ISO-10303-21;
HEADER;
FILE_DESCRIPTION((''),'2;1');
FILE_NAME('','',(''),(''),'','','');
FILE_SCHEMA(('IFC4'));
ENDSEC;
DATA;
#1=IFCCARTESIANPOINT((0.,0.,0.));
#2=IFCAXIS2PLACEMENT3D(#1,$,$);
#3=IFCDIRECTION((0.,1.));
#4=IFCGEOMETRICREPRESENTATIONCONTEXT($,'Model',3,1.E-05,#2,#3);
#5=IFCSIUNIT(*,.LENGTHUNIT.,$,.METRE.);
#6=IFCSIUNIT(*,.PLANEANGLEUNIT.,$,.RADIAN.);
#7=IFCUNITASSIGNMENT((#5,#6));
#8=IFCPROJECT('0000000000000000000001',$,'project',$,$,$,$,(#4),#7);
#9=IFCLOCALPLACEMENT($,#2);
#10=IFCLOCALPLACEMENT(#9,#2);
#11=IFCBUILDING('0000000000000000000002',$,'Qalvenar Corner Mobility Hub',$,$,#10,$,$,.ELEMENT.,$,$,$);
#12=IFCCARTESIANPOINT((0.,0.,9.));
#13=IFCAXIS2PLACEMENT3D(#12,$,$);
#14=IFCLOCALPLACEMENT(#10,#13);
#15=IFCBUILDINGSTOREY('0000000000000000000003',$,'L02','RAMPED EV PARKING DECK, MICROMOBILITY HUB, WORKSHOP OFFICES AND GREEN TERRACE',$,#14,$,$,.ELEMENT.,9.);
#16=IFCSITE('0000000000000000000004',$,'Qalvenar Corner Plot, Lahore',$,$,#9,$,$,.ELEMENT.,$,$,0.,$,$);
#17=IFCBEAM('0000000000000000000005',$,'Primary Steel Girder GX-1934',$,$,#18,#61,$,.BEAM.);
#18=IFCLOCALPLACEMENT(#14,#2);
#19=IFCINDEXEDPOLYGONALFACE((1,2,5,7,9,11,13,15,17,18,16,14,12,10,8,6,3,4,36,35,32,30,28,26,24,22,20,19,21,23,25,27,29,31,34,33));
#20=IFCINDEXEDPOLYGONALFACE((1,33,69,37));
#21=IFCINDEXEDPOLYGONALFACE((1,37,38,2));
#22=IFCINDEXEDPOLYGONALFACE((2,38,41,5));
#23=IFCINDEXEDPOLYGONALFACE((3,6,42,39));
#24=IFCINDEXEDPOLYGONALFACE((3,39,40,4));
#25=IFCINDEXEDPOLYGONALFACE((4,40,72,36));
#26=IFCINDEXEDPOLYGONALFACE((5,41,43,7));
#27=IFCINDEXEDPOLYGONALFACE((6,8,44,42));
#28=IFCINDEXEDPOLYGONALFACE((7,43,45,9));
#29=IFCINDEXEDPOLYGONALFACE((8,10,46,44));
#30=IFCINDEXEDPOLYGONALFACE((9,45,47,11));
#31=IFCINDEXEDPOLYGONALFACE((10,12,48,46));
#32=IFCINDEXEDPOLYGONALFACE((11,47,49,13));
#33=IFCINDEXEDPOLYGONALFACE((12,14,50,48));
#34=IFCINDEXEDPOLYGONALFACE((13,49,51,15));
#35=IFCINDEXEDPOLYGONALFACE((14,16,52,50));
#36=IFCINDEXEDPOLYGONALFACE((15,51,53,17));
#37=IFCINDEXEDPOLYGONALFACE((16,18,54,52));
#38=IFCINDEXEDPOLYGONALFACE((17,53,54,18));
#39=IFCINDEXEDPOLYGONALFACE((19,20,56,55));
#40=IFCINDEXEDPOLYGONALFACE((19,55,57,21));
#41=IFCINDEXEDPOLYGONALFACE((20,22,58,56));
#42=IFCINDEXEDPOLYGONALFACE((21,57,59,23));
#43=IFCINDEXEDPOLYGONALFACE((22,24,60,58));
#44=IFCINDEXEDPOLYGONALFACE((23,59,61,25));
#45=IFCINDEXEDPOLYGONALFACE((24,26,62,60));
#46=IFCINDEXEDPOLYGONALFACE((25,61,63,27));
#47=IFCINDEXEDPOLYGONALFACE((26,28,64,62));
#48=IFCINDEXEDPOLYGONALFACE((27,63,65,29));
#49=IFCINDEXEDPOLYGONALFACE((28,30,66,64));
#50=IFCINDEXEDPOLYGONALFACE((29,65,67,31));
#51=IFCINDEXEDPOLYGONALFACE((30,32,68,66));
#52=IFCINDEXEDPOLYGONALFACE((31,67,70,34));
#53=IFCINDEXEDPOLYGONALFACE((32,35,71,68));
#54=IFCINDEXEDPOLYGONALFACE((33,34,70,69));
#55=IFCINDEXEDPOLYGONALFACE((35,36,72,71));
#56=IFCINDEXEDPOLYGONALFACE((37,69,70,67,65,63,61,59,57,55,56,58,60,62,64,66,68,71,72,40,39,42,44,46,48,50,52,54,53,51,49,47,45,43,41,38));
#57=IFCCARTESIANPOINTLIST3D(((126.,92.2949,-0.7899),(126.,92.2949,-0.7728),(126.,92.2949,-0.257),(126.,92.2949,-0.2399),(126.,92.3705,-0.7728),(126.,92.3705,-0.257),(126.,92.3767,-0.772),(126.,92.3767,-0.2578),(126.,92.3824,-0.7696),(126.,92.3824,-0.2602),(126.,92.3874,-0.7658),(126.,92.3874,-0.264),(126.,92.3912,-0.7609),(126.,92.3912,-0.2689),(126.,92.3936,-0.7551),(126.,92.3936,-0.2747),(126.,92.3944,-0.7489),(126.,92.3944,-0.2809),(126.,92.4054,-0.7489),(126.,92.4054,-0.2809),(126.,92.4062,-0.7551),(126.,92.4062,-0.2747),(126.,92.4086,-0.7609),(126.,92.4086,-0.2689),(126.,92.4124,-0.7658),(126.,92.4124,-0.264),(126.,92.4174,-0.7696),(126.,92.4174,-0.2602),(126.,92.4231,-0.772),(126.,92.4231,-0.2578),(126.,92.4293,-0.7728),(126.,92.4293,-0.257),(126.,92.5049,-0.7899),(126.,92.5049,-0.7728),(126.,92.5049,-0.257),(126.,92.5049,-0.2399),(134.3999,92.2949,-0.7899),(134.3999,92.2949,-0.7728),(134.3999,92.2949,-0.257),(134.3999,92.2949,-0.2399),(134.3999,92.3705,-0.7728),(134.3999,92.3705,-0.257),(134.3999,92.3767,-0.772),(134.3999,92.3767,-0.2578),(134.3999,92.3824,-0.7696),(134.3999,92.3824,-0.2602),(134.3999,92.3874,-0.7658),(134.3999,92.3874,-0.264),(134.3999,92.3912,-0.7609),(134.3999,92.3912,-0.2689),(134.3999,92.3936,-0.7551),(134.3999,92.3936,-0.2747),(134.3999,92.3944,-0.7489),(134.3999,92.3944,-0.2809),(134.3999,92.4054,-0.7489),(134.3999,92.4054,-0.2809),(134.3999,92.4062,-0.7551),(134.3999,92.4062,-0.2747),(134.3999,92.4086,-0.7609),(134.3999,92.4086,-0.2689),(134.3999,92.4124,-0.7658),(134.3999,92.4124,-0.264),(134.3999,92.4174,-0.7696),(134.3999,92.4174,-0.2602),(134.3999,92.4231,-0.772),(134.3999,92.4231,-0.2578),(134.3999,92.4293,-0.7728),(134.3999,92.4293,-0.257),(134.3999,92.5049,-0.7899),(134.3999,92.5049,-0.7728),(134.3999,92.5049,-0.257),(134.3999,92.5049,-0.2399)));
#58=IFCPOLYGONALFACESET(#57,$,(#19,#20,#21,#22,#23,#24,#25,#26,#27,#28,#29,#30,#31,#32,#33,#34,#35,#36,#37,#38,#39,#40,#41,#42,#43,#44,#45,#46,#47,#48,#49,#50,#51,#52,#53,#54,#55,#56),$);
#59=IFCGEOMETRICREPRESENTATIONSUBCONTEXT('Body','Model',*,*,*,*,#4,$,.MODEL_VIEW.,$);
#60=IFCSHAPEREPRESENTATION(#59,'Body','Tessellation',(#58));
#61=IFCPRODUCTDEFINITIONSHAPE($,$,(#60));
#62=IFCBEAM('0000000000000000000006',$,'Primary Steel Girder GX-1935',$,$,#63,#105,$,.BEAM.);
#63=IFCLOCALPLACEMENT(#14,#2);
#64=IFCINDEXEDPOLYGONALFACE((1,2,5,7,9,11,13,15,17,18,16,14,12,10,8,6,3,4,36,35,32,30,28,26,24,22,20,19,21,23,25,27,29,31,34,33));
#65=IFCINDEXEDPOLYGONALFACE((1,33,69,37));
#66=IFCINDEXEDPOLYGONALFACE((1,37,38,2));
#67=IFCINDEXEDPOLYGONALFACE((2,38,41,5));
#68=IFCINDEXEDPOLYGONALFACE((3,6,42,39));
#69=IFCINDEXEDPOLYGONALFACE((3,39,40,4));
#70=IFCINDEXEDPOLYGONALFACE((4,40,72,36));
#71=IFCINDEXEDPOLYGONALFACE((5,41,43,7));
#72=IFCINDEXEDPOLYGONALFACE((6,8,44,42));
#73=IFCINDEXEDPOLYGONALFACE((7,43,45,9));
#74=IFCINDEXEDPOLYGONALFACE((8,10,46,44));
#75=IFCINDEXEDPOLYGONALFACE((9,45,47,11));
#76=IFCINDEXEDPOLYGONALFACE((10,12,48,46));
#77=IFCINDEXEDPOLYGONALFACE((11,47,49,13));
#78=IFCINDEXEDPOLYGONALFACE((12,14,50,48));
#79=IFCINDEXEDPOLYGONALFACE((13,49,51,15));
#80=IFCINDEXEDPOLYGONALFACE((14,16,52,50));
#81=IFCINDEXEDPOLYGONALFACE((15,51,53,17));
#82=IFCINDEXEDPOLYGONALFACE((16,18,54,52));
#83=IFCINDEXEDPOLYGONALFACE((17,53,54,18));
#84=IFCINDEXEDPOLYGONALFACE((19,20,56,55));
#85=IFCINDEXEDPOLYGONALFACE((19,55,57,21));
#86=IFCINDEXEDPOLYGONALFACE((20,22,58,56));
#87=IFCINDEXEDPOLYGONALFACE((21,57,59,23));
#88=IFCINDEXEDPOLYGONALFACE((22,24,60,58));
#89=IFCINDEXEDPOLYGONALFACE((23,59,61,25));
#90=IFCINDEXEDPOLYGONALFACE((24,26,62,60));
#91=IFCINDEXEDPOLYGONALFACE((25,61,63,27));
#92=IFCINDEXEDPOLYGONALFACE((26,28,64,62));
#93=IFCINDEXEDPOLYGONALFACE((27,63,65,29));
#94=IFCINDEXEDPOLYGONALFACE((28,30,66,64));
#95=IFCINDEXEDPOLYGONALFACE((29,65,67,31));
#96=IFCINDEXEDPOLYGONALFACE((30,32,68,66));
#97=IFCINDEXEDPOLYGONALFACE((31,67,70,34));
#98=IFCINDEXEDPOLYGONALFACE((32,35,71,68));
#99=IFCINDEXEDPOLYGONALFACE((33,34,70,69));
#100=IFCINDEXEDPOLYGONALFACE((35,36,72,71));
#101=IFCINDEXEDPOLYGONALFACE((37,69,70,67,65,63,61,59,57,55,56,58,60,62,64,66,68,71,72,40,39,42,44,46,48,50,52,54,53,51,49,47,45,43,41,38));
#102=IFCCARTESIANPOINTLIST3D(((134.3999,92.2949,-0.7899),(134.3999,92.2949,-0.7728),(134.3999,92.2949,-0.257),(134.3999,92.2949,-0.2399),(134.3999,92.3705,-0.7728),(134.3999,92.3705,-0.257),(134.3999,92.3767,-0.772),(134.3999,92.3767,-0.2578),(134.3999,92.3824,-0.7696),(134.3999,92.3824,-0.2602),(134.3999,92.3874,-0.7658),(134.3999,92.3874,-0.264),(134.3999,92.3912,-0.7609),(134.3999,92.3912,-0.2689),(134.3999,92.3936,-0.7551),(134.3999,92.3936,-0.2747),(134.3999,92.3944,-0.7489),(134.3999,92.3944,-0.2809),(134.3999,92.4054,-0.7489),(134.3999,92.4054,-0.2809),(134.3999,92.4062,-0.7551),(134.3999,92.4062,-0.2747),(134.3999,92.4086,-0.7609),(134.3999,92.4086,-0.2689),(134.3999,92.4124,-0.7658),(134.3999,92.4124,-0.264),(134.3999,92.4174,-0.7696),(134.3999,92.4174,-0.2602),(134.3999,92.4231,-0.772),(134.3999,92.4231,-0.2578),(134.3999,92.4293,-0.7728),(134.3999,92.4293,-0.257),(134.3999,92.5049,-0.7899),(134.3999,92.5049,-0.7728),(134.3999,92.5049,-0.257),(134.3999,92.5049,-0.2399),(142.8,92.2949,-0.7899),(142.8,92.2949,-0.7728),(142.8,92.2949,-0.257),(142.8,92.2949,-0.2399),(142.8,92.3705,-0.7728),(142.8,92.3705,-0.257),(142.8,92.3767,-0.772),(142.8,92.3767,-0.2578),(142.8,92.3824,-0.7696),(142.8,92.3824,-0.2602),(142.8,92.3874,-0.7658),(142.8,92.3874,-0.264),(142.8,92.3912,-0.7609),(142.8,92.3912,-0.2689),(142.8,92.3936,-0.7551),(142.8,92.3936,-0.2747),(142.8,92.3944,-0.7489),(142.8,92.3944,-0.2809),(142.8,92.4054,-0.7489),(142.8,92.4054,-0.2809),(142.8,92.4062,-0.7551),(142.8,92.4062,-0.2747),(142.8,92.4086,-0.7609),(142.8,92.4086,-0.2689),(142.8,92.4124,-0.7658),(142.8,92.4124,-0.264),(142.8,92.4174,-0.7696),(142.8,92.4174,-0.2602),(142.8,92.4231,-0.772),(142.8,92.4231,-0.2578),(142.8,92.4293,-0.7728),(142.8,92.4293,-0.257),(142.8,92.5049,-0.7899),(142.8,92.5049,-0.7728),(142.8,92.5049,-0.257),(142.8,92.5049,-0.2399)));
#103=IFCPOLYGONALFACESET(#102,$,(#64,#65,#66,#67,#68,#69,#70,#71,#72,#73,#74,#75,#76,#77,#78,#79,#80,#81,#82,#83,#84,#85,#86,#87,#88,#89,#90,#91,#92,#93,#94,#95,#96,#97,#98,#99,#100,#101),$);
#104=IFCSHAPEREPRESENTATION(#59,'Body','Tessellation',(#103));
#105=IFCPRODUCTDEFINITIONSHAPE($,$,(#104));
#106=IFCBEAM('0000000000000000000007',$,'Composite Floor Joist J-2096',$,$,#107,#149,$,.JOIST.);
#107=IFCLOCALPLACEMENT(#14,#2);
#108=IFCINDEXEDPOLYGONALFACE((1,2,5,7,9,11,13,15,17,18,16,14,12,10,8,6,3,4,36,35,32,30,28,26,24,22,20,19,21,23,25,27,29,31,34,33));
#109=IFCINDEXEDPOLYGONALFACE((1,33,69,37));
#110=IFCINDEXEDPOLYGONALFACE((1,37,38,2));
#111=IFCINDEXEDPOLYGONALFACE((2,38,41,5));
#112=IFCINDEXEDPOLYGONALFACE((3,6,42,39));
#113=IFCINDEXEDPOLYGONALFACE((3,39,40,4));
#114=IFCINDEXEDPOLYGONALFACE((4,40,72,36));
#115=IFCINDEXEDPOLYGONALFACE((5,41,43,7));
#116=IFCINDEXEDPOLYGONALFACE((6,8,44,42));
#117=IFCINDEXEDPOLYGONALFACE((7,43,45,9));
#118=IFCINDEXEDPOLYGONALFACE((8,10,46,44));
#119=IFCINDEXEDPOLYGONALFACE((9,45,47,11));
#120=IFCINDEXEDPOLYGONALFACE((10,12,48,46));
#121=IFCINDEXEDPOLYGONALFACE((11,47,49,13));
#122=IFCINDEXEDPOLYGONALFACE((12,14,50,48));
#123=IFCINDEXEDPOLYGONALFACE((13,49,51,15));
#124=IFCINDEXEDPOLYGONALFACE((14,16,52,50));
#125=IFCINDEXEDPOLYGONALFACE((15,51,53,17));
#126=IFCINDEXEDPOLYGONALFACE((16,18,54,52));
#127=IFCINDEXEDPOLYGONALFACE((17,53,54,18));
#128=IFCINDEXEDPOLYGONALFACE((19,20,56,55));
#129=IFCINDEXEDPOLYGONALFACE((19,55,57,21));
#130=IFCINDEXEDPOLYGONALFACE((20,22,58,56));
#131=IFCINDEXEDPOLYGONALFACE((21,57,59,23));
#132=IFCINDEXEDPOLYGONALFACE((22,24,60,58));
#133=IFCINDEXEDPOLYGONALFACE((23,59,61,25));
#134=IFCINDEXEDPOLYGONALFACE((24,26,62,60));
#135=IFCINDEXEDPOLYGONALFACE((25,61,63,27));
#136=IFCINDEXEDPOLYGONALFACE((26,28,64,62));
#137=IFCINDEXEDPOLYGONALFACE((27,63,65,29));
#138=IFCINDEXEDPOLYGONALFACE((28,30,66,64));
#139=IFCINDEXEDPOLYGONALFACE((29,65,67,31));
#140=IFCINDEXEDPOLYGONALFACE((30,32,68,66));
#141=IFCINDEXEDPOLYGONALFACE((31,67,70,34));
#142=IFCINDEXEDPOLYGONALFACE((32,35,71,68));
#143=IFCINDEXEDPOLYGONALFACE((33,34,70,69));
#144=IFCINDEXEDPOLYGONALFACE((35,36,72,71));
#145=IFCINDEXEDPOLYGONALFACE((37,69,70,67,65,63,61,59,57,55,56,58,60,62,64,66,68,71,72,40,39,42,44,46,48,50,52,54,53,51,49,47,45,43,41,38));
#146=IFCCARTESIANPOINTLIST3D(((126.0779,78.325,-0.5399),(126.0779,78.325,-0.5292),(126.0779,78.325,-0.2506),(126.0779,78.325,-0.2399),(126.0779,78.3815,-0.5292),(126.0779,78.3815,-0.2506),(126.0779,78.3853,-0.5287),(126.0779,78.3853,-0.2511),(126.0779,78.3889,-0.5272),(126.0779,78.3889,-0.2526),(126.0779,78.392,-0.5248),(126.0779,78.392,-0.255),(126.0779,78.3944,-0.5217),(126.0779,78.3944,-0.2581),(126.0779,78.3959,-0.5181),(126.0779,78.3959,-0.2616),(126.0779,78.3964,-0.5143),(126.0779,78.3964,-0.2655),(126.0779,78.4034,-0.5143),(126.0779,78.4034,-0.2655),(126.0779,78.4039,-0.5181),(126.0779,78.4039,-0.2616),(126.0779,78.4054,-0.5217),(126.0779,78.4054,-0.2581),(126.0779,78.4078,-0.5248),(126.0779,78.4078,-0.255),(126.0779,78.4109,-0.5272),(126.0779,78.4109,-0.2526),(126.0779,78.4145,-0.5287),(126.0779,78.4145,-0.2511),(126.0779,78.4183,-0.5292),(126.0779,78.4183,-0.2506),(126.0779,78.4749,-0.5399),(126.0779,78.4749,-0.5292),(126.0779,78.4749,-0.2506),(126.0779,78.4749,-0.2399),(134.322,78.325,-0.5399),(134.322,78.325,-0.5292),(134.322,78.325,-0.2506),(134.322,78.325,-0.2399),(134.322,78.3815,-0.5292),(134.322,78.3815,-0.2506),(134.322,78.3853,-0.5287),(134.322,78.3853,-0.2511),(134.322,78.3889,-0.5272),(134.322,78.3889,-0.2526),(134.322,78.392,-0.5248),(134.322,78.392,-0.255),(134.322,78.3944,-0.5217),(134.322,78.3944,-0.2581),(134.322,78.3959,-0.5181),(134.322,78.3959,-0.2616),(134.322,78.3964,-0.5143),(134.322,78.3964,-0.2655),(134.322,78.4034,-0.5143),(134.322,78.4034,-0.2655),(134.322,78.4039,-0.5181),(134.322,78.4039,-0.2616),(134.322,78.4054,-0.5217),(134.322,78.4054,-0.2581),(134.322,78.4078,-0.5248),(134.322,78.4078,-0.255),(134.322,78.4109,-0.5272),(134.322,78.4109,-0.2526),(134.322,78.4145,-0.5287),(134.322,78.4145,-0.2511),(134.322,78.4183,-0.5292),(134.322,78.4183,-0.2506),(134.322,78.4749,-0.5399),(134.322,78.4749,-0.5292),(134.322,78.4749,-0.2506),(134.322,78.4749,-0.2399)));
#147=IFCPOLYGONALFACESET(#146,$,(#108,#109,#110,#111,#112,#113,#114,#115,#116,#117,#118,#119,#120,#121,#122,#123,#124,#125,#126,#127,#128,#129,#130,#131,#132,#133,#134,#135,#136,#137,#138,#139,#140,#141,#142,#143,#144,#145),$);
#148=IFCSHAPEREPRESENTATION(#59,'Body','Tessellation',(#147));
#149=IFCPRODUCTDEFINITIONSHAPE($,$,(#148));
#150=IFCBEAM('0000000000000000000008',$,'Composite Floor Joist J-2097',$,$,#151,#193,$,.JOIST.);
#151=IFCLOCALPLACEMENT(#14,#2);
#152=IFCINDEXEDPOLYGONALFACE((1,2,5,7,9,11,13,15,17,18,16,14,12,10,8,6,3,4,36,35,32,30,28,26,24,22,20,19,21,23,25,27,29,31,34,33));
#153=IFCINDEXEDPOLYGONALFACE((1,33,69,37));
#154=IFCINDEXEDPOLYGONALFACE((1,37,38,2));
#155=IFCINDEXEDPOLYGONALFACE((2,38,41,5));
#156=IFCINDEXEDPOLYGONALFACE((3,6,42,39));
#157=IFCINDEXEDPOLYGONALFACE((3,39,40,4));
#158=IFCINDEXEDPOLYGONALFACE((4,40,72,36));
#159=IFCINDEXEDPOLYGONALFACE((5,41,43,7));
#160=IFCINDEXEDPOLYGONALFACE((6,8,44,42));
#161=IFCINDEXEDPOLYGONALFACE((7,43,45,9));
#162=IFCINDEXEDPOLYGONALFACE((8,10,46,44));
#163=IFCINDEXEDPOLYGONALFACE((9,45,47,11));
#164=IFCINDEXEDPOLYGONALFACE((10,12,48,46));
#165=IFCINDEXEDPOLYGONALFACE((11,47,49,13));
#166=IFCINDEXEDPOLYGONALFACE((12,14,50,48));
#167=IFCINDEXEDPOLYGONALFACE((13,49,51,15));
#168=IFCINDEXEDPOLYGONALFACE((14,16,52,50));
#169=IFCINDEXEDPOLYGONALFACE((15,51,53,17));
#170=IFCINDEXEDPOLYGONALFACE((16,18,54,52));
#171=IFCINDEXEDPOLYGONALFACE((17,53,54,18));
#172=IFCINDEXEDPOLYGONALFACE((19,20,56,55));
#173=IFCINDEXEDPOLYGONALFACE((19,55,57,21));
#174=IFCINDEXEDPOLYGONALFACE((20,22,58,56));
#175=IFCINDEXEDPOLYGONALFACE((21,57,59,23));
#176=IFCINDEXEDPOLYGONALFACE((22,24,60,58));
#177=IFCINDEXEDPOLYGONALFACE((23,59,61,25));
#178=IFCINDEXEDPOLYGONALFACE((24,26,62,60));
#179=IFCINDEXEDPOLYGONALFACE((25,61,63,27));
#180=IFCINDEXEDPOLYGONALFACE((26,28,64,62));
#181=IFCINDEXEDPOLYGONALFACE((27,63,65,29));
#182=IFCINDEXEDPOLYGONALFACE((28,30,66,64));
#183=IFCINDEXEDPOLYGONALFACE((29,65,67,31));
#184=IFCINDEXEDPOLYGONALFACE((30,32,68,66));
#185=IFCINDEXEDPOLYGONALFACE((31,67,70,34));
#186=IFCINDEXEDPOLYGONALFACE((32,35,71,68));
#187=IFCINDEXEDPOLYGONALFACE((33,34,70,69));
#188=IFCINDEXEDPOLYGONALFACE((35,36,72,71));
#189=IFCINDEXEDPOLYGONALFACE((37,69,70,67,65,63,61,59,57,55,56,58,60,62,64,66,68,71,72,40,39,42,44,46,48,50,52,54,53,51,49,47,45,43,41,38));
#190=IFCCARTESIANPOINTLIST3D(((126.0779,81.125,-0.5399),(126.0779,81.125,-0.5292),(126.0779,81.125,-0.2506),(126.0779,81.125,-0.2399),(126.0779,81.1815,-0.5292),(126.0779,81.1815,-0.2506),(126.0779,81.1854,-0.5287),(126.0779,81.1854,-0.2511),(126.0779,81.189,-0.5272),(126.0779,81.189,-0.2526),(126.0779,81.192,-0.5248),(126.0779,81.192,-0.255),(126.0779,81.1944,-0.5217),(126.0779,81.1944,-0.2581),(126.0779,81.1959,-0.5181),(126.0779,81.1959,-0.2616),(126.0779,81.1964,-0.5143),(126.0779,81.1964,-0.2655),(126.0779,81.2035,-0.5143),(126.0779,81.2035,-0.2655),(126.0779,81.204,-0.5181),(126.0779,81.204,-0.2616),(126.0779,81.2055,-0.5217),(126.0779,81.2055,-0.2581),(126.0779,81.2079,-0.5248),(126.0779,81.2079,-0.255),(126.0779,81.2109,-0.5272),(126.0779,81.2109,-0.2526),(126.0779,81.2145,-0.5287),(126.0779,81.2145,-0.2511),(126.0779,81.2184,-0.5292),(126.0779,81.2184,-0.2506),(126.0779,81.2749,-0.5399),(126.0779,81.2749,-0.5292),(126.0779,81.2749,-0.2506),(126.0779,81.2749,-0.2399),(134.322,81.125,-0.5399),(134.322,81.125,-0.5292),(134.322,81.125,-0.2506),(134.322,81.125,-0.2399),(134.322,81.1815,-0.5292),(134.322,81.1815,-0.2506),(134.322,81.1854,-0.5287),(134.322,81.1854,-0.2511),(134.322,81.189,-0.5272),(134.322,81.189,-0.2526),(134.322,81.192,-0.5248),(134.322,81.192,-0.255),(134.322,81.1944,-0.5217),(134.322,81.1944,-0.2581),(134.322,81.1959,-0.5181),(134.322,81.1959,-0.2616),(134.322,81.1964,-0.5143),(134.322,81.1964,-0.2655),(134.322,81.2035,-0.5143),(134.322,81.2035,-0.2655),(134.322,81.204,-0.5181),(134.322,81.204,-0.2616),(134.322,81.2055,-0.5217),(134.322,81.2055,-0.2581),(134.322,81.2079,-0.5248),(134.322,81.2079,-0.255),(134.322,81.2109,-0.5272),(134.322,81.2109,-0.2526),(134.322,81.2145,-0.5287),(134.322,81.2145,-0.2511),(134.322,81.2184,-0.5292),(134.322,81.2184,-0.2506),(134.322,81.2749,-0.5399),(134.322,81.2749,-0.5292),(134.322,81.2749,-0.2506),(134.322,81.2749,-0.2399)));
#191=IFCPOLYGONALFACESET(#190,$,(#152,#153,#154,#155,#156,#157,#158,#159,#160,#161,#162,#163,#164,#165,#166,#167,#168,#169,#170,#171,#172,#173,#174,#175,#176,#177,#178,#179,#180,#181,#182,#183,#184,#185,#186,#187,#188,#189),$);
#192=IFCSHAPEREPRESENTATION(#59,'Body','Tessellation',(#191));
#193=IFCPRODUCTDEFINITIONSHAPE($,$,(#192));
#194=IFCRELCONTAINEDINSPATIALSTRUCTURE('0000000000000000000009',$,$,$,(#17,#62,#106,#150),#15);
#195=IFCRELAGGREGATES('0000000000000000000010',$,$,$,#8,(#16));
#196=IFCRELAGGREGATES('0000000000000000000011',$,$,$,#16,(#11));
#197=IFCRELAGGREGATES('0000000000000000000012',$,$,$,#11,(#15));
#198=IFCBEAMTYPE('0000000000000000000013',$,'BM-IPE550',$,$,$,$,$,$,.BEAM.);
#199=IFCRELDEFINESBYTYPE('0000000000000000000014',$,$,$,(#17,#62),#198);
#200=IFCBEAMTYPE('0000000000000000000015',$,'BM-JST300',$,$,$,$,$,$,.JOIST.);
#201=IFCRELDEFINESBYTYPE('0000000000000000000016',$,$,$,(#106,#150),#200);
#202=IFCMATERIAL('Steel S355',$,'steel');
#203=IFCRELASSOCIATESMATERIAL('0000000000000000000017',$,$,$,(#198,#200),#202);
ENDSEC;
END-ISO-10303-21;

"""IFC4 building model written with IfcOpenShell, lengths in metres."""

from ifc_helpers import new_model, si_unit, direction, frame, origin, origin_2d, place, context, subcontext, project, spatial, i_section, extrude, material, material_profile, profile_set, type_object, element, save


model = new_model("IFC4")

# Units and contexts
model_context = context("Model", 3, precision=1e-05, world=origin(), true_north=direction((0.0, 1.0)))
body_context = subcontext(model_context, "Body", "Model", "MODEL_VIEW")
ifc_project = project(units=[si_unit("LENGTHUNIT", "METRE"), si_unit("PLANEANGLEUNIT", "RADIAN")], contexts=[model_context])

# Site, building, storey
site_placement = place(None, origin())
site = spatial("IfcSite", under=ifc_project, at=site_placement, Name="Qalvenar Corner Plot, Lahore", CompositionType="ELEMENT", RefElevation=0.0)
building_placement = place(site_placement, origin())
building = spatial("IfcBuilding", under=site, at=building_placement, Name="Qalvenar Corner Mobility Hub", CompositionType="ELEMENT")
storey_placement = place(building_placement, frame((0.0, 0.0, 9.0)))
storey = spatial("IfcBuildingStorey", under=building, at=storey_placement, Name="L02", Description="RAMPED EV PARKING DECK, MICROMOBILITY HUB, WORKSHOP OFFICES AND GREEN TERRACE", CompositionType="ELEMENT", Elevation=9.0)

# Shared definitions
ifc_material_1 = material(Name="Steel S355", Category="steel")

# Beams
ifc_material_profile_1 = material_profile(ifc_material_1, i_section(OverallWidth=0.21, OverallDepth=0.55, WebThickness=0.011, FlangeThickness=0.0171, FilletRadius=0.0239, at=origin_2d()), Name="IPE550")
ifc_profile_set_1 = profile_set([ifc_material_profile_1], Name="Steel S355")
beam_type_1 = type_object("IfcBeamType", Name="BM-IPE550", PredefinedType="BEAM", material=ifc_profile_set_1)
beam_1_placement = place(storey_placement, frame((126.0, 92.3999, -0.5149), z_axis=(1.0, 0.0, 0.0), x_axis=(0.0, 1.0, 0.0)))
element("IfcBeam", 1, at=beam_1_placement, inside=storey, type_object=beam_type_1, Name="Primary Steel Girder GX-1934", PredefinedType="BEAM", context=body_context, shape_type="SweptSolid", body=[
    extrude(i_section(OverallWidth=0.21, OverallDepth=0.55, WebThickness=0.011, FlangeThickness=0.0171, FilletRadius=0.0239, at=origin_2d()), origin(), (0.0, 0.0, 1.0), 8.3999),
])
beam_2_placement = place(storey_placement, frame((134.3999, 92.3999, -0.5149), z_axis=(1.0, 0.0, 0.0), x_axis=(0.0, 1.0, 0.0)))
element("IfcBeam", 2, at=beam_2_placement, inside=storey, type_object=beam_type_1, Name="Primary Steel Girder GX-1935", PredefinedType="BEAM", context=body_context, shape_type="SweptSolid", body=[
    extrude(i_section(OverallWidth=0.21, OverallDepth=0.55, WebThickness=0.011, FlangeThickness=0.0171, FilletRadius=0.0239, at=origin_2d()), origin(), (0.0, 0.0, 1.0), 8.4001),
])
ifc_material_profile_2 = material_profile(ifc_material_1, i_section(OverallWidth=0.1499, OverallDepth=0.3, WebThickness=0.0071, FlangeThickness=0.0107, FilletRadius=0.0149, at=origin_2d()), Name="IPE300")
ifc_profile_set_2 = profile_set([ifc_material_profile_2], Name="Steel S355")
beam_type_2 = type_object("IfcBeamType", Name="BM-JST300", PredefinedType="JOIST", material=ifc_profile_set_2)
for number, where, z_axis, x_axis, name in (
    (3, (126.0779, 78.3999, -0.3899), (1.0, 0.0, 0.0), (0.0, 1.0, 0.0), "Composite Floor Joist J-2096"),
    (4, (126.0779, 81.2, -0.3899), (1.0, 0.0, 0.0), (0.0, 1.0, 0.0), "Composite Floor Joist J-2097"),
):
    element("IfcBeam", number, at=place(storey_placement, frame(where, z_axis=z_axis, x_axis=x_axis)), inside=storey, type_object=beam_type_2, Name=name, PredefinedType="JOIST", context=body_context, shape_type="SweptSolid", body=[
        extrude(i_section(OverallWidth=0.1499, OverallDepth=0.3, WebThickness=0.0071, FlangeThickness=0.0107, FilletRadius=0.0149, at=origin_2d()), origin(), (0.0, 0.0, 1.0), 8.2441),
    ])

save(model, "model.ifc")
